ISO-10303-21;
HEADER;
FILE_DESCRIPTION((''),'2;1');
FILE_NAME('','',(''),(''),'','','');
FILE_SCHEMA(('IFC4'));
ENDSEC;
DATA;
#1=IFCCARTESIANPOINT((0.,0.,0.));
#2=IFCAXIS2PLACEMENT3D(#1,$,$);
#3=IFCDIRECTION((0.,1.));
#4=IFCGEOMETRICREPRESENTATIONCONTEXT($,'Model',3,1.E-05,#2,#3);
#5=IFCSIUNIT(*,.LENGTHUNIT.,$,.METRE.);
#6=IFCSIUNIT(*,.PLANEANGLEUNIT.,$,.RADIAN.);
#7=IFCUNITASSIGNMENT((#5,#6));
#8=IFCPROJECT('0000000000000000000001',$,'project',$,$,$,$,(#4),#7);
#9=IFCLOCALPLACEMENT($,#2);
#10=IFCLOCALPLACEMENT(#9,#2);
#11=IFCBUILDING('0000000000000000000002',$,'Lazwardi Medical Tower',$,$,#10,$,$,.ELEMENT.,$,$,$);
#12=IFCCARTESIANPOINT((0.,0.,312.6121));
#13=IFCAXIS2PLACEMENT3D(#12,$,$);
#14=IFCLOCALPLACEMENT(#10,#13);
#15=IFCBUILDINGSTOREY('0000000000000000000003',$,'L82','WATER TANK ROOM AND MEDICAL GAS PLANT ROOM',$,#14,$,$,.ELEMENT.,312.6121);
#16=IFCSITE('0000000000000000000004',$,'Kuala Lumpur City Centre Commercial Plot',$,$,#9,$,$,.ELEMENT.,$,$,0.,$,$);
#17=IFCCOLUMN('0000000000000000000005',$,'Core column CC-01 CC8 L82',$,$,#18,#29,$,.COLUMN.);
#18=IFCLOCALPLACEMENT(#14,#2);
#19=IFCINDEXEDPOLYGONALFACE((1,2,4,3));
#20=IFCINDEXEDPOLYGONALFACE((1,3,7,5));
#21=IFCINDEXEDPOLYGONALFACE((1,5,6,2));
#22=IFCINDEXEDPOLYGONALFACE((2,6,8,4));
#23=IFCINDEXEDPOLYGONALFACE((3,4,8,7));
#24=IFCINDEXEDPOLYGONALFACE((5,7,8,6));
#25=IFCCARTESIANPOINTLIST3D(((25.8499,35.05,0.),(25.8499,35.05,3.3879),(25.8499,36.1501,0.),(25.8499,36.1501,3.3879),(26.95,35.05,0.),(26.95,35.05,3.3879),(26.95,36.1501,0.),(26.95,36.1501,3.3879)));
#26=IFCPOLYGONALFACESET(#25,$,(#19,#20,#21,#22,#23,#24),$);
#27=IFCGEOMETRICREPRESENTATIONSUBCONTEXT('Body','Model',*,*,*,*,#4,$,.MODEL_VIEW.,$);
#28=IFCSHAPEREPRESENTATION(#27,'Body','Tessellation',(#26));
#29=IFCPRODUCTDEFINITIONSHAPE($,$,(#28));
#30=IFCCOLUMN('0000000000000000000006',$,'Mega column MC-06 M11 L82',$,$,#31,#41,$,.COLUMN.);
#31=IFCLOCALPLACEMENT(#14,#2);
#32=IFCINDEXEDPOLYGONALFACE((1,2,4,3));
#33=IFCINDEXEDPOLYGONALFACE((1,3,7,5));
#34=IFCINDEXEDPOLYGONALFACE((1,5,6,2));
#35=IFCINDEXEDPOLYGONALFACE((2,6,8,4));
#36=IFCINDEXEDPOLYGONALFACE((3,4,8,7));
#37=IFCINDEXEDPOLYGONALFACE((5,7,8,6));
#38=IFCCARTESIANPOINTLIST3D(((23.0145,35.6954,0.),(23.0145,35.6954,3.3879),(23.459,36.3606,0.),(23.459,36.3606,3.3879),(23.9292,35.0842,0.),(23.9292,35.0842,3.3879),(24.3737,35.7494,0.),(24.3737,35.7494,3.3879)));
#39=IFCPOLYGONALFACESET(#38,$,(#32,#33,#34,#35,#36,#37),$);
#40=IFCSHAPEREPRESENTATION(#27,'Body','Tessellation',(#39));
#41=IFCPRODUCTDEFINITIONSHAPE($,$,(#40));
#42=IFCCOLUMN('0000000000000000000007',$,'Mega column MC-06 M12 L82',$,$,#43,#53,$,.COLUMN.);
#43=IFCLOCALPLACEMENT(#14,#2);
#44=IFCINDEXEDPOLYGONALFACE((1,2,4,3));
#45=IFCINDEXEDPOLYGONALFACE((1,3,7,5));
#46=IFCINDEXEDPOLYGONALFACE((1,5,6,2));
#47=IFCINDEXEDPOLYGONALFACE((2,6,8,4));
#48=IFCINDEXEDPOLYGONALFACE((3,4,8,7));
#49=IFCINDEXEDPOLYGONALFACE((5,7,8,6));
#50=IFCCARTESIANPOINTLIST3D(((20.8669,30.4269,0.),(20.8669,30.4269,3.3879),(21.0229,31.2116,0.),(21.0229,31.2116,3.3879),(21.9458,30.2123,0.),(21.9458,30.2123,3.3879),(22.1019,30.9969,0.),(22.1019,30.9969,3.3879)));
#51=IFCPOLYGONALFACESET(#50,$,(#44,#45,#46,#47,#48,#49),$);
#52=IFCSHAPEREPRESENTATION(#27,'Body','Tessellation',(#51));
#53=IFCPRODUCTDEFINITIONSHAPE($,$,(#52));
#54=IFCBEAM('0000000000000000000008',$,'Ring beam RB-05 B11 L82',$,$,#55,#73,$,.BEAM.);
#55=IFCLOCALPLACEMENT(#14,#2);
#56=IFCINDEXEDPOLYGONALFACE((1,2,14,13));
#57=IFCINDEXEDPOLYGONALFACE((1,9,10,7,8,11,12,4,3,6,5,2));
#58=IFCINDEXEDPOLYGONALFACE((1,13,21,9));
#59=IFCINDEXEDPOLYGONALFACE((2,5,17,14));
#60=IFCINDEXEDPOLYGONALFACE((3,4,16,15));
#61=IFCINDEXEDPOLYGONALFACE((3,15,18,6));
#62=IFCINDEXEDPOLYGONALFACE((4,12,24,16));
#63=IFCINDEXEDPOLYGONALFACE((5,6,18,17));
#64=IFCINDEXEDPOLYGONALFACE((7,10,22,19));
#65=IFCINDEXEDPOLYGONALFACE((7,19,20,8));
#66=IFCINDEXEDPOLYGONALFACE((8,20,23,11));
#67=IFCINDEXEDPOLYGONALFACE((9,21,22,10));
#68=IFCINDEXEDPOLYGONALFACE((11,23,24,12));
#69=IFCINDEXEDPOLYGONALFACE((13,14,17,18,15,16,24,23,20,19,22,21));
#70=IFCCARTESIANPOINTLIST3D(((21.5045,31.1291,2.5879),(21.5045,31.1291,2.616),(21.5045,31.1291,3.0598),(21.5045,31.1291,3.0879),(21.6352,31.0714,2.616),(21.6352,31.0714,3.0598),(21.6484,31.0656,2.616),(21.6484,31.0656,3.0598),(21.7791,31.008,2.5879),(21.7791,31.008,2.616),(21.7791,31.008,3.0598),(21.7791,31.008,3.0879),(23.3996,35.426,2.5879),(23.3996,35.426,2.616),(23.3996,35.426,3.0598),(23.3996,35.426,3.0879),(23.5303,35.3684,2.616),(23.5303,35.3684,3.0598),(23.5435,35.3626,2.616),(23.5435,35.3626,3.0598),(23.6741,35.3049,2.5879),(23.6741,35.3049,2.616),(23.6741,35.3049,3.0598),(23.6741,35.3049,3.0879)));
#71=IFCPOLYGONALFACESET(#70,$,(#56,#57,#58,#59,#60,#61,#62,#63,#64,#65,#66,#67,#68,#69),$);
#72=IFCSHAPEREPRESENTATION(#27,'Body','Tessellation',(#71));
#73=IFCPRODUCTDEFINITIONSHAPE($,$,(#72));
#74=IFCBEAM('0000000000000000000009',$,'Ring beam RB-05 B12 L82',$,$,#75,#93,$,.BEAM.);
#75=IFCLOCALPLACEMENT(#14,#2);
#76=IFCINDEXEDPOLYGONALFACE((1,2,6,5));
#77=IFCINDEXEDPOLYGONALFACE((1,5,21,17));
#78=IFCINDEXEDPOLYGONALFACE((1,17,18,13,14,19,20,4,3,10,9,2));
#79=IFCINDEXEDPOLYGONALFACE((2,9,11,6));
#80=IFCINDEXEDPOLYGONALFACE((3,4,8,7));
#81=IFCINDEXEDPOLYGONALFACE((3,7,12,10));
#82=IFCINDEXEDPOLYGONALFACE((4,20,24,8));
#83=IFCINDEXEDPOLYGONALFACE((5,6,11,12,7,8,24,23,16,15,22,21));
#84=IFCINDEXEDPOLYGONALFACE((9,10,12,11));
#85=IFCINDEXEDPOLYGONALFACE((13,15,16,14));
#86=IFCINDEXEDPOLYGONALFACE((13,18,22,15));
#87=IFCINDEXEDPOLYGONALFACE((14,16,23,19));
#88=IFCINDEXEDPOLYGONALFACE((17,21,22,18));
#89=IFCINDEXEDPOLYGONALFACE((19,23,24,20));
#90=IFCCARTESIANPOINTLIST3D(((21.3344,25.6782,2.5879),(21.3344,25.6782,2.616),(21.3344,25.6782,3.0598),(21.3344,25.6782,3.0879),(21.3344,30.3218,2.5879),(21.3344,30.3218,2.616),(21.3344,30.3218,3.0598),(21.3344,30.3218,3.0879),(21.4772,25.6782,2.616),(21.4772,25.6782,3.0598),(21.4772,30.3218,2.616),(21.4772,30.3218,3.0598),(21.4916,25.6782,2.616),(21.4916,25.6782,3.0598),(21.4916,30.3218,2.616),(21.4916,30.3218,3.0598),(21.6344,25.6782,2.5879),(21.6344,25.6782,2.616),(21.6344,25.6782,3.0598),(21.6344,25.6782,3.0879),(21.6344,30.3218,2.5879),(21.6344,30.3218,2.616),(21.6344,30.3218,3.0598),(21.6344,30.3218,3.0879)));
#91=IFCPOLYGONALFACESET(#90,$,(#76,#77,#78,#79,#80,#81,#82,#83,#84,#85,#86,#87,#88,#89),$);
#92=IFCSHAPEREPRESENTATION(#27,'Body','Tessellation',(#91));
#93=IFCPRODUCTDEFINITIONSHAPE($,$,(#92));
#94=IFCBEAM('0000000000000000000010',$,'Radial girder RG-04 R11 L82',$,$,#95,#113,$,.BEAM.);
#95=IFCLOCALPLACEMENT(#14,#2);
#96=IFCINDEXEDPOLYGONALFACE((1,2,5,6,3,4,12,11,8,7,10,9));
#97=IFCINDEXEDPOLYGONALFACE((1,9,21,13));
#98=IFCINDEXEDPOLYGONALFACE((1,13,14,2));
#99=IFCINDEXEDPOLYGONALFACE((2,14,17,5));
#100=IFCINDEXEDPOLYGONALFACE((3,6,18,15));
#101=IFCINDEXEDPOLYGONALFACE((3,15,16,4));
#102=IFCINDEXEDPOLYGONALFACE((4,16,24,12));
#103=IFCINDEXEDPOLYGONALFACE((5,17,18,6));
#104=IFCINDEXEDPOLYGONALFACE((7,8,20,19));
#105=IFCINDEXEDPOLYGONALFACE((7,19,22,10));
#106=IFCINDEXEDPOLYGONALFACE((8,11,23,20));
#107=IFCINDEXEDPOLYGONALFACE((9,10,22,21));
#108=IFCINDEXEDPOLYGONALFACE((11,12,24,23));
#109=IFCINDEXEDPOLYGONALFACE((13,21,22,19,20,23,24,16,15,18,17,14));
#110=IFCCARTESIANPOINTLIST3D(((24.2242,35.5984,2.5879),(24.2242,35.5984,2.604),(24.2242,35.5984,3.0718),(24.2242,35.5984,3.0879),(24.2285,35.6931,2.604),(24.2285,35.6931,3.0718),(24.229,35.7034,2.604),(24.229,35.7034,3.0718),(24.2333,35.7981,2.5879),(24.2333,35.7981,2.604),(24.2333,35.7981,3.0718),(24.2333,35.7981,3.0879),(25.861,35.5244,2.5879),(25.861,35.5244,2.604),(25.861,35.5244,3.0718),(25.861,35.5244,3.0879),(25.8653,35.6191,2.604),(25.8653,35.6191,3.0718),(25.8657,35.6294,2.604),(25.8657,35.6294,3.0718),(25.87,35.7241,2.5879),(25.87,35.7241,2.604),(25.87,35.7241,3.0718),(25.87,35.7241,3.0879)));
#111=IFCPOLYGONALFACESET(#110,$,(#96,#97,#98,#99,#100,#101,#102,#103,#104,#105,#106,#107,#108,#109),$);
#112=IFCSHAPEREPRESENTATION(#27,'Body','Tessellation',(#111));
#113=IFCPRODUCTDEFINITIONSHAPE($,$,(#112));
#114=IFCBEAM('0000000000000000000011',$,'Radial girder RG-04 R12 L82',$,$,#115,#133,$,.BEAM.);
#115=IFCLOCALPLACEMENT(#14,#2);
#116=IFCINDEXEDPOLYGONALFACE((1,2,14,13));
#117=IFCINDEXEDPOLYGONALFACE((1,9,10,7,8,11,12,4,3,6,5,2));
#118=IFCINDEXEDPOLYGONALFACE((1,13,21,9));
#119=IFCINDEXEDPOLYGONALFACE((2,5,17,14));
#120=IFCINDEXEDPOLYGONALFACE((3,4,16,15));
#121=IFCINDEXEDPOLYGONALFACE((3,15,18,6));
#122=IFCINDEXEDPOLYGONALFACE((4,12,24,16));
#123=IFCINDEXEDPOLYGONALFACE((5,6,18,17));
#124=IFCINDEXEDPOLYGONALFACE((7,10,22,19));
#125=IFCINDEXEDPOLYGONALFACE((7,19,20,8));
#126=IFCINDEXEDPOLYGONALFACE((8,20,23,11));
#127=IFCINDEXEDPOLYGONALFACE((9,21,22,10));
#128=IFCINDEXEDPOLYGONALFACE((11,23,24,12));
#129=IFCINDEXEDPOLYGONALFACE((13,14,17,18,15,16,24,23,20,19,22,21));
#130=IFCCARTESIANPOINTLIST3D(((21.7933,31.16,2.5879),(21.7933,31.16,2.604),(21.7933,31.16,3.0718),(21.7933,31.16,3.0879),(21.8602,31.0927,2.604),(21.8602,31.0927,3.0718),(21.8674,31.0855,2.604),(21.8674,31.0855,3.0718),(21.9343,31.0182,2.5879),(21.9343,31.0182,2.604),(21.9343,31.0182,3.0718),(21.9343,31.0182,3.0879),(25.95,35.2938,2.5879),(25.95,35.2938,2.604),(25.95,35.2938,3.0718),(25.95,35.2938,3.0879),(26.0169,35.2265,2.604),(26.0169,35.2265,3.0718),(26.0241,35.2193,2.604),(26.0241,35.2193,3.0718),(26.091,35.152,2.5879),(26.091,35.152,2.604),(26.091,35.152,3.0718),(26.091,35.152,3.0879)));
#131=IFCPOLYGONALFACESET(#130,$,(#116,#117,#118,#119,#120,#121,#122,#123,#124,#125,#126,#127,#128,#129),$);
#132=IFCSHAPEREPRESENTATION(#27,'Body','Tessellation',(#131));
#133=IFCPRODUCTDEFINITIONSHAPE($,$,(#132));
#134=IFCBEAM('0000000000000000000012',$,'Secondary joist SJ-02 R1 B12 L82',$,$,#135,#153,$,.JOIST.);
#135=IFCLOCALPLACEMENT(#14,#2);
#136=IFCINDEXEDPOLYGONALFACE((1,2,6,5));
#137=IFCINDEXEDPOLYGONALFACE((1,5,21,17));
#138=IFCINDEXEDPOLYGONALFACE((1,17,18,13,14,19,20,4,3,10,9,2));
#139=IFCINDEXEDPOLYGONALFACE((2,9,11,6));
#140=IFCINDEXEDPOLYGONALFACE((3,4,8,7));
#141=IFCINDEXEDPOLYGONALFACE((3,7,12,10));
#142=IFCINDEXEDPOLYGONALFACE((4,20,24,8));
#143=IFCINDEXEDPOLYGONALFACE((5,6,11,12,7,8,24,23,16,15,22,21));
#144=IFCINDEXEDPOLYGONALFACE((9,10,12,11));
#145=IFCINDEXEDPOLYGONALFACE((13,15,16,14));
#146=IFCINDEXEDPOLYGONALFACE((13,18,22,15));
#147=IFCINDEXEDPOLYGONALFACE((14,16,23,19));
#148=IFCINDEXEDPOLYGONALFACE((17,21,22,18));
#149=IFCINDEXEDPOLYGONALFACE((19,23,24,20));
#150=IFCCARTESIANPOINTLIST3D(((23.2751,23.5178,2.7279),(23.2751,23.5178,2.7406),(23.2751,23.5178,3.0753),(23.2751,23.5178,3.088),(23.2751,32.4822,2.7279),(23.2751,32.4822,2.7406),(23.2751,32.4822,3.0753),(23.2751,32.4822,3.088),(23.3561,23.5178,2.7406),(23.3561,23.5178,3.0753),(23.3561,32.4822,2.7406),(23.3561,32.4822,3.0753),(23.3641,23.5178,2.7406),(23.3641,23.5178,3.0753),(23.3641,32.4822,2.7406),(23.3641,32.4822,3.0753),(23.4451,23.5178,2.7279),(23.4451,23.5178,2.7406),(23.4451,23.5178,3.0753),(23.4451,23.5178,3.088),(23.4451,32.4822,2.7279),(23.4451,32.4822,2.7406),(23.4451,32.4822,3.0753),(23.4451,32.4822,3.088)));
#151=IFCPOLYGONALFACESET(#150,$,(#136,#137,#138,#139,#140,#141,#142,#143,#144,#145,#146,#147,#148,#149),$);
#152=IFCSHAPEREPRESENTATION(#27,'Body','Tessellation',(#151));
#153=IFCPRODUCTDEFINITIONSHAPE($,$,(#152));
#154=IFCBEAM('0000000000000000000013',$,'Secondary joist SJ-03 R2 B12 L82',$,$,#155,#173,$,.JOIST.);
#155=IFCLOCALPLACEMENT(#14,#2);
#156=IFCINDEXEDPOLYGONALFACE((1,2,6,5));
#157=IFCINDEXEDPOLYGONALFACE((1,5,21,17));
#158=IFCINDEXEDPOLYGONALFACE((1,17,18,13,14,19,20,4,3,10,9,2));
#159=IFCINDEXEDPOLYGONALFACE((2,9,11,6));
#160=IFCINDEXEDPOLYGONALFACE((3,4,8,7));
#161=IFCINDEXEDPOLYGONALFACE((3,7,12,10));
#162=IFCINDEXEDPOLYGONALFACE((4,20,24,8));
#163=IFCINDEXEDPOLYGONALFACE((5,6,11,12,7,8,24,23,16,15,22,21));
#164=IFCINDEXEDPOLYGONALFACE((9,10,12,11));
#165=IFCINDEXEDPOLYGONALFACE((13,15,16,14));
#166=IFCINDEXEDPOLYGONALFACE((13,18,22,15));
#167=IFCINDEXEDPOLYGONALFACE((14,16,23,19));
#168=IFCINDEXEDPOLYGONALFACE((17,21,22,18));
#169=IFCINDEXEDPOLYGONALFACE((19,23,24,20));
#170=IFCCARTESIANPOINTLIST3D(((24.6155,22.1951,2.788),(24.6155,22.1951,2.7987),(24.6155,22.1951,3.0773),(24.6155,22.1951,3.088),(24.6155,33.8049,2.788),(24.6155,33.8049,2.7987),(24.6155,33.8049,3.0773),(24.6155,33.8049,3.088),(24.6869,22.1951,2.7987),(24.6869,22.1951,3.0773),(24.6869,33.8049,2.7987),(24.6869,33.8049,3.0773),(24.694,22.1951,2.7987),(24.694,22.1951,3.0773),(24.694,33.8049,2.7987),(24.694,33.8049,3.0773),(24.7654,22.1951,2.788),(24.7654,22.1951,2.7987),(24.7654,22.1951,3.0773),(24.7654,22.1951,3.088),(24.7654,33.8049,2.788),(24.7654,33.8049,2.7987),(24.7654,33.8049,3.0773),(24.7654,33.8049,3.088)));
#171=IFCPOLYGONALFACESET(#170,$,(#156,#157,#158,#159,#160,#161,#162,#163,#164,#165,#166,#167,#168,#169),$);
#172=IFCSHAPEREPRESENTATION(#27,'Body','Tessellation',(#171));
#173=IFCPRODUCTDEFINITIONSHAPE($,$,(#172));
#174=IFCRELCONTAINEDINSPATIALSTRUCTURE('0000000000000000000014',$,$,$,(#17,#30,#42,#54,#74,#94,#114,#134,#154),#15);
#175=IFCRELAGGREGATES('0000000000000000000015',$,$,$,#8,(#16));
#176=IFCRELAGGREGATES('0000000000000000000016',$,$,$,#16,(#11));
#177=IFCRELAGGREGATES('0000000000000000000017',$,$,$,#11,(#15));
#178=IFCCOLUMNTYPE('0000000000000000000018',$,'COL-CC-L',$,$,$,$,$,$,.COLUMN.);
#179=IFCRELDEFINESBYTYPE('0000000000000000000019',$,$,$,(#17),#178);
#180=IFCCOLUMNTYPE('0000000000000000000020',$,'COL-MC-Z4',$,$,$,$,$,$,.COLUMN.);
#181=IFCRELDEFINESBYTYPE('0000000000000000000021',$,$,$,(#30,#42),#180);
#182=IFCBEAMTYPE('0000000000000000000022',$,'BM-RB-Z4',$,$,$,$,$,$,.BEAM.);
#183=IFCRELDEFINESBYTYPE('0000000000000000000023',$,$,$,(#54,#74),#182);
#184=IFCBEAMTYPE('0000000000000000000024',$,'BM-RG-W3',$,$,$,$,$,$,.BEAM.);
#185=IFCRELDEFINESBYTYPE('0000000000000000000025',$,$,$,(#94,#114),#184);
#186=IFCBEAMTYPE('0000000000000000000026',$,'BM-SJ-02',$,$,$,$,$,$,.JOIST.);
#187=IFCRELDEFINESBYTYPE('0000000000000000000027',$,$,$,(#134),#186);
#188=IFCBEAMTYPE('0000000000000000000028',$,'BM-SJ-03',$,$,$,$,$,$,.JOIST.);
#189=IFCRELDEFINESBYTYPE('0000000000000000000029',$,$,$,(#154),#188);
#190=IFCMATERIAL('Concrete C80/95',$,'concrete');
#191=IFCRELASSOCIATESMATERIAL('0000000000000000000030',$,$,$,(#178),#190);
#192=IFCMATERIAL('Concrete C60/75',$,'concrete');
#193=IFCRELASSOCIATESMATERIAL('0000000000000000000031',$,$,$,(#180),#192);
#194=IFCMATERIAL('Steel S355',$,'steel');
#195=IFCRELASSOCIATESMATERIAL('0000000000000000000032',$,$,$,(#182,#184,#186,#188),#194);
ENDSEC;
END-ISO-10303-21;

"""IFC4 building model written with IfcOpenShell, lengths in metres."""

from ifc_helpers import new_model, si_unit, direction, frame, origin, origin_2d, place, context, subcontext, project, spatial, rectangle, i_section, extrude, material, material_profile, profile_set, type_object, element, save


model = new_model("IFC4")

# Units and contexts
model_context = context("Model", 3, precision=1e-05, world=origin(), true_north=direction((0.0, 1.0)))
body_context = subcontext(model_context, "Body", "Model", "MODEL_VIEW")
ifc_project = project(units=[si_unit("LENGTHUNIT", "METRE"), si_unit("PLANEANGLEUNIT", "RADIAN")], contexts=[model_context])

# Site, building, storey
site_placement = place(None, origin())
site = spatial("IfcSite", under=ifc_project, at=site_placement, Name="Kuala Lumpur City Centre Commercial Plot", CompositionType="ELEMENT", RefElevation=0.0)
building_placement = place(site_placement, origin())
building = spatial("IfcBuilding", under=site, at=building_placement, Name="Lazwardi Medical Tower", CompositionType="ELEMENT")
storey_placement = place(building_placement, frame((0.0, 0.0, 312.6121)))
storey = spatial("IfcBuildingStorey", under=building, at=storey_placement, Name="L82", Description="WATER TANK ROOM AND MEDICAL GAS PLANT ROOM", CompositionType="ELEMENT", Elevation=312.6121)

# Columns
ifc_material_1 = material(Name="Concrete C80/95", Category="concrete")
ifc_material_profile_1 = material_profile(ifc_material_1, rectangle(XDim=1.1001, YDim=1.1001, at=origin_2d()), Name="RC 1100x1100")
ifc_profile_set_1 = profile_set([ifc_material_profile_1], Name="Concrete C80/95")
column_type_1 = type_object("IfcColumnType", Name="COL-CC-L", PredefinedType="COLUMN", material=ifc_profile_set_1)
column_placement = place(storey_placement, frame((26.3999, 35.6001, 0.0), z_axis=(0.0, 0.0, 1.0), x_axis=(1.0, 0.0, 0.0)))
element("IfcColumn", 1, at=column_placement, inside=storey, type_object=column_type_1, Name="Core column CC-01 CC8 L82", PredefinedType="COLUMN", context=body_context, shape_type="SweptSolid", body=[
    extrude(rectangle(XDim=1.1001, YDim=1.1001, at=origin_2d()), origin(), (0.0, 0.0, 1.0), 3.3879),
])
ifc_material_2 = material(Name="Concrete C60/75", Category="concrete")
ifc_material_profile_2 = material_profile(ifc_material_2, rectangle(XDim=1.1001, YDim=0.8, at=origin_2d()), Name="CFT-RECT 1100x800")
ifc_profile_set_2 = profile_set([ifc_material_profile_2], Name="Concrete C60/75")
column_type_2 = type_object("IfcColumnType", Name="COL-MC-Z4", PredefinedType="COLUMN", material=ifc_profile_set_2)
for number, where, z_axis, x_axis, name in (
    (2, (23.6941, 35.7224, 0.0), (0.0, 0.0, 1.0), (-0.83147, 0.55557, 0.0), "Mega column MC-06 M11 L82"),
    (3, (21.4844, 30.7119, 0.0), (0.0, 0.0, 1.0), (-0.980785, 0.19509, 0.0), "Mega column MC-06 M12 L82"),
):
    element("IfcColumn", number, at=place(storey_placement, frame(where, z_axis=z_axis, x_axis=x_axis)), inside=storey, type_object=column_type_2, Name=name, PredefinedType="COLUMN", context=body_context, shape_type="SweptSolid", body=[
        extrude(rectangle(XDim=1.1001, YDim=0.8, at=origin_2d()), origin(), (0.0, 0.0, 1.0), 3.3879),
    ])

# Beams
ifc_material_3 = material(Name="Steel S355", Category="steel")
ifc_material_profile_3 = material_profile(ifc_material_3, i_section(OverallWidth=0.3, OverallDepth=0.5, WebThickness=0.0144, FlangeThickness=0.0281, at=origin_2d()), Name="HEB 500")
ifc_profile_set_3 = profile_set([ifc_material_profile_3], Name="Steel S355")
beam_type_1 = type_object("IfcBeamType", Name="BM-RB-Z4", PredefinedType="BEAM", material=ifc_profile_set_3)
beam_1_placement = place(storey_placement, frame((23.5369, 35.3655, 2.8379), z_axis=(-0.403522, -0.91497, 0.0), x_axis=(0.91497, -0.403522, 0.0)))
element("IfcBeam", 4, at=beam_1_placement, inside=storey, type_object=beam_type_1, Name="Ring beam RB-05 B11 L82", PredefinedType="BEAM", context=body_context, shape_type="SweptSolid", body=[
    extrude(i_section(OverallWidth=0.3, OverallDepth=0.5, WebThickness=0.0144, FlangeThickness=0.0281, at=origin_2d()), origin(), (0.0, 0.0, 1.0), 4.6963),
])
beam_2_placement = place(storey_placement, frame((21.4844, 30.3218, 2.8379), z_axis=(0.0, -1.0, 0.0), x_axis=(1.0, 0.0, 0.0)))
element("IfcBeam", 5, at=beam_2_placement, inside=storey, type_object=beam_type_1, Name="Ring beam RB-05 B12 L82", PredefinedType="BEAM", context=body_context, shape_type="SweptSolid", body=[
    extrude(i_section(OverallWidth=0.3, OverallDepth=0.5, WebThickness=0.0144, FlangeThickness=0.0281, at=origin_2d()), origin(), (0.0, 0.0, 1.0), 4.6436),
])
ifc_material_profile_4 = material_profile(ifc_material_3, i_section(OverallWidth=0.2, OverallDepth=0.5, WebThickness=0.0103, FlangeThickness=0.0161, at=origin_2d()), Name="IPE 500")
ifc_profile_set_4 = profile_set([ifc_material_profile_4], Name="Steel S355")
beam_type_2 = type_object("IfcBeamType", Name="BM-RG-W3", PredefinedType="BEAM", material=ifc_profile_set_4)
beam_3_placement = place(storey_placement, frame((24.2288, 35.6982, 2.8379), z_axis=(0.99898, -0.045151, 0.0), x_axis=(0.045151, 0.99898, 0.0)))
element("IfcBeam", 6, at=beam_3_placement, inside=storey, type_object=beam_type_2, Name="Radial girder RG-04 R11 L82", PredefinedType="BEAM", context=body_context, shape_type="SweptSolid", body=[
    extrude(i_section(OverallWidth=0.2, OverallDepth=0.5, WebThickness=0.0103, FlangeThickness=0.0161, at=origin_2d()), origin(), (0.0, 0.0, 1.0), 1.6384),
])
beam_4_placement = place(storey_placement, frame((21.8638, 31.0891, 2.8379), z_axis=(0.709061, 0.705147, 0.0), x_axis=(-0.705147, 0.709061, 0.0)))
element("IfcBeam", 7, at=beam_4_placement, inside=storey, type_object=beam_type_2, Name="Radial girder RG-04 R12 L82", PredefinedType="BEAM", context=body_context, shape_type="SweptSolid", body=[
    extrude(i_section(OverallWidth=0.2, OverallDepth=0.5, WebThickness=0.0103, FlangeThickness=0.0161, at=origin_2d()), origin(), (0.0, 0.0, 1.0), 5.8623),
])
ifc_material_profile_5 = material_profile(ifc_material_3, i_section(OverallWidth=0.1699, OverallDepth=0.3601, WebThickness=0.0081, FlangeThickness=0.0127, at=origin_2d()), Name="IPE 360")
ifc_profile_set_5 = profile_set([ifc_material_profile_5], Name="Steel S355")
beam_type_3 = type_object("IfcBeamType", Name="BM-SJ-02", PredefinedType="JOIST", material=ifc_profile_set_5)
beam_5_placement = place(storey_placement, frame((23.3601, 32.4822, 2.908), z_axis=(0.0, -1.0, 0.0), x_axis=(1.0, 0.0, 0.0)))
element("IfcBeam", 8, at=beam_5_placement, inside=storey, type_object=beam_type_3, Name="Secondary joist SJ-02 R1 B12 L82", PredefinedType="JOIST", context=body_context, shape_type="SweptSolid", body=[
    extrude(i_section(OverallWidth=0.1699, OverallDepth=0.3601, WebThickness=0.0081, FlangeThickness=0.0127, at=origin_2d()), origin(), (0.0, 0.0, 1.0), 8.9644),
])
ifc_material_profile_6 = material_profile(ifc_material_3, i_section(OverallWidth=0.1499, OverallDepth=0.3, WebThickness=0.0071, FlangeThickness=0.0107, at=origin_2d()), Name="IPE 300")
ifc_profile_set_6 = profile_set([ifc_material_profile_6], Name="Steel S355")
beam_type_4 = type_object("IfcBeamType", Name="BM-SJ-03", PredefinedType="JOIST", material=ifc_profile_set_6)
beam_6_placement = place(storey_placement, frame((24.6904, 33.8049, 2.938), z_axis=(0.0, -1.0, 0.0), x_axis=(1.0, 0.0, 0.0)))
element("IfcBeam", 9, at=beam_6_placement, inside=storey, type_object=beam_type_4, Name="Secondary joist SJ-03 R2 B12 L82", PredefinedType="JOIST", context=body_context, shape_type="SweptSolid", body=[
    extrude(i_section(OverallWidth=0.1499, OverallDepth=0.3, WebThickness=0.0071, FlangeThickness=0.0107, at=origin_2d()), origin(), (0.0, 0.0, 1.0), 11.6099),
])

save(model, "model.ifc")
